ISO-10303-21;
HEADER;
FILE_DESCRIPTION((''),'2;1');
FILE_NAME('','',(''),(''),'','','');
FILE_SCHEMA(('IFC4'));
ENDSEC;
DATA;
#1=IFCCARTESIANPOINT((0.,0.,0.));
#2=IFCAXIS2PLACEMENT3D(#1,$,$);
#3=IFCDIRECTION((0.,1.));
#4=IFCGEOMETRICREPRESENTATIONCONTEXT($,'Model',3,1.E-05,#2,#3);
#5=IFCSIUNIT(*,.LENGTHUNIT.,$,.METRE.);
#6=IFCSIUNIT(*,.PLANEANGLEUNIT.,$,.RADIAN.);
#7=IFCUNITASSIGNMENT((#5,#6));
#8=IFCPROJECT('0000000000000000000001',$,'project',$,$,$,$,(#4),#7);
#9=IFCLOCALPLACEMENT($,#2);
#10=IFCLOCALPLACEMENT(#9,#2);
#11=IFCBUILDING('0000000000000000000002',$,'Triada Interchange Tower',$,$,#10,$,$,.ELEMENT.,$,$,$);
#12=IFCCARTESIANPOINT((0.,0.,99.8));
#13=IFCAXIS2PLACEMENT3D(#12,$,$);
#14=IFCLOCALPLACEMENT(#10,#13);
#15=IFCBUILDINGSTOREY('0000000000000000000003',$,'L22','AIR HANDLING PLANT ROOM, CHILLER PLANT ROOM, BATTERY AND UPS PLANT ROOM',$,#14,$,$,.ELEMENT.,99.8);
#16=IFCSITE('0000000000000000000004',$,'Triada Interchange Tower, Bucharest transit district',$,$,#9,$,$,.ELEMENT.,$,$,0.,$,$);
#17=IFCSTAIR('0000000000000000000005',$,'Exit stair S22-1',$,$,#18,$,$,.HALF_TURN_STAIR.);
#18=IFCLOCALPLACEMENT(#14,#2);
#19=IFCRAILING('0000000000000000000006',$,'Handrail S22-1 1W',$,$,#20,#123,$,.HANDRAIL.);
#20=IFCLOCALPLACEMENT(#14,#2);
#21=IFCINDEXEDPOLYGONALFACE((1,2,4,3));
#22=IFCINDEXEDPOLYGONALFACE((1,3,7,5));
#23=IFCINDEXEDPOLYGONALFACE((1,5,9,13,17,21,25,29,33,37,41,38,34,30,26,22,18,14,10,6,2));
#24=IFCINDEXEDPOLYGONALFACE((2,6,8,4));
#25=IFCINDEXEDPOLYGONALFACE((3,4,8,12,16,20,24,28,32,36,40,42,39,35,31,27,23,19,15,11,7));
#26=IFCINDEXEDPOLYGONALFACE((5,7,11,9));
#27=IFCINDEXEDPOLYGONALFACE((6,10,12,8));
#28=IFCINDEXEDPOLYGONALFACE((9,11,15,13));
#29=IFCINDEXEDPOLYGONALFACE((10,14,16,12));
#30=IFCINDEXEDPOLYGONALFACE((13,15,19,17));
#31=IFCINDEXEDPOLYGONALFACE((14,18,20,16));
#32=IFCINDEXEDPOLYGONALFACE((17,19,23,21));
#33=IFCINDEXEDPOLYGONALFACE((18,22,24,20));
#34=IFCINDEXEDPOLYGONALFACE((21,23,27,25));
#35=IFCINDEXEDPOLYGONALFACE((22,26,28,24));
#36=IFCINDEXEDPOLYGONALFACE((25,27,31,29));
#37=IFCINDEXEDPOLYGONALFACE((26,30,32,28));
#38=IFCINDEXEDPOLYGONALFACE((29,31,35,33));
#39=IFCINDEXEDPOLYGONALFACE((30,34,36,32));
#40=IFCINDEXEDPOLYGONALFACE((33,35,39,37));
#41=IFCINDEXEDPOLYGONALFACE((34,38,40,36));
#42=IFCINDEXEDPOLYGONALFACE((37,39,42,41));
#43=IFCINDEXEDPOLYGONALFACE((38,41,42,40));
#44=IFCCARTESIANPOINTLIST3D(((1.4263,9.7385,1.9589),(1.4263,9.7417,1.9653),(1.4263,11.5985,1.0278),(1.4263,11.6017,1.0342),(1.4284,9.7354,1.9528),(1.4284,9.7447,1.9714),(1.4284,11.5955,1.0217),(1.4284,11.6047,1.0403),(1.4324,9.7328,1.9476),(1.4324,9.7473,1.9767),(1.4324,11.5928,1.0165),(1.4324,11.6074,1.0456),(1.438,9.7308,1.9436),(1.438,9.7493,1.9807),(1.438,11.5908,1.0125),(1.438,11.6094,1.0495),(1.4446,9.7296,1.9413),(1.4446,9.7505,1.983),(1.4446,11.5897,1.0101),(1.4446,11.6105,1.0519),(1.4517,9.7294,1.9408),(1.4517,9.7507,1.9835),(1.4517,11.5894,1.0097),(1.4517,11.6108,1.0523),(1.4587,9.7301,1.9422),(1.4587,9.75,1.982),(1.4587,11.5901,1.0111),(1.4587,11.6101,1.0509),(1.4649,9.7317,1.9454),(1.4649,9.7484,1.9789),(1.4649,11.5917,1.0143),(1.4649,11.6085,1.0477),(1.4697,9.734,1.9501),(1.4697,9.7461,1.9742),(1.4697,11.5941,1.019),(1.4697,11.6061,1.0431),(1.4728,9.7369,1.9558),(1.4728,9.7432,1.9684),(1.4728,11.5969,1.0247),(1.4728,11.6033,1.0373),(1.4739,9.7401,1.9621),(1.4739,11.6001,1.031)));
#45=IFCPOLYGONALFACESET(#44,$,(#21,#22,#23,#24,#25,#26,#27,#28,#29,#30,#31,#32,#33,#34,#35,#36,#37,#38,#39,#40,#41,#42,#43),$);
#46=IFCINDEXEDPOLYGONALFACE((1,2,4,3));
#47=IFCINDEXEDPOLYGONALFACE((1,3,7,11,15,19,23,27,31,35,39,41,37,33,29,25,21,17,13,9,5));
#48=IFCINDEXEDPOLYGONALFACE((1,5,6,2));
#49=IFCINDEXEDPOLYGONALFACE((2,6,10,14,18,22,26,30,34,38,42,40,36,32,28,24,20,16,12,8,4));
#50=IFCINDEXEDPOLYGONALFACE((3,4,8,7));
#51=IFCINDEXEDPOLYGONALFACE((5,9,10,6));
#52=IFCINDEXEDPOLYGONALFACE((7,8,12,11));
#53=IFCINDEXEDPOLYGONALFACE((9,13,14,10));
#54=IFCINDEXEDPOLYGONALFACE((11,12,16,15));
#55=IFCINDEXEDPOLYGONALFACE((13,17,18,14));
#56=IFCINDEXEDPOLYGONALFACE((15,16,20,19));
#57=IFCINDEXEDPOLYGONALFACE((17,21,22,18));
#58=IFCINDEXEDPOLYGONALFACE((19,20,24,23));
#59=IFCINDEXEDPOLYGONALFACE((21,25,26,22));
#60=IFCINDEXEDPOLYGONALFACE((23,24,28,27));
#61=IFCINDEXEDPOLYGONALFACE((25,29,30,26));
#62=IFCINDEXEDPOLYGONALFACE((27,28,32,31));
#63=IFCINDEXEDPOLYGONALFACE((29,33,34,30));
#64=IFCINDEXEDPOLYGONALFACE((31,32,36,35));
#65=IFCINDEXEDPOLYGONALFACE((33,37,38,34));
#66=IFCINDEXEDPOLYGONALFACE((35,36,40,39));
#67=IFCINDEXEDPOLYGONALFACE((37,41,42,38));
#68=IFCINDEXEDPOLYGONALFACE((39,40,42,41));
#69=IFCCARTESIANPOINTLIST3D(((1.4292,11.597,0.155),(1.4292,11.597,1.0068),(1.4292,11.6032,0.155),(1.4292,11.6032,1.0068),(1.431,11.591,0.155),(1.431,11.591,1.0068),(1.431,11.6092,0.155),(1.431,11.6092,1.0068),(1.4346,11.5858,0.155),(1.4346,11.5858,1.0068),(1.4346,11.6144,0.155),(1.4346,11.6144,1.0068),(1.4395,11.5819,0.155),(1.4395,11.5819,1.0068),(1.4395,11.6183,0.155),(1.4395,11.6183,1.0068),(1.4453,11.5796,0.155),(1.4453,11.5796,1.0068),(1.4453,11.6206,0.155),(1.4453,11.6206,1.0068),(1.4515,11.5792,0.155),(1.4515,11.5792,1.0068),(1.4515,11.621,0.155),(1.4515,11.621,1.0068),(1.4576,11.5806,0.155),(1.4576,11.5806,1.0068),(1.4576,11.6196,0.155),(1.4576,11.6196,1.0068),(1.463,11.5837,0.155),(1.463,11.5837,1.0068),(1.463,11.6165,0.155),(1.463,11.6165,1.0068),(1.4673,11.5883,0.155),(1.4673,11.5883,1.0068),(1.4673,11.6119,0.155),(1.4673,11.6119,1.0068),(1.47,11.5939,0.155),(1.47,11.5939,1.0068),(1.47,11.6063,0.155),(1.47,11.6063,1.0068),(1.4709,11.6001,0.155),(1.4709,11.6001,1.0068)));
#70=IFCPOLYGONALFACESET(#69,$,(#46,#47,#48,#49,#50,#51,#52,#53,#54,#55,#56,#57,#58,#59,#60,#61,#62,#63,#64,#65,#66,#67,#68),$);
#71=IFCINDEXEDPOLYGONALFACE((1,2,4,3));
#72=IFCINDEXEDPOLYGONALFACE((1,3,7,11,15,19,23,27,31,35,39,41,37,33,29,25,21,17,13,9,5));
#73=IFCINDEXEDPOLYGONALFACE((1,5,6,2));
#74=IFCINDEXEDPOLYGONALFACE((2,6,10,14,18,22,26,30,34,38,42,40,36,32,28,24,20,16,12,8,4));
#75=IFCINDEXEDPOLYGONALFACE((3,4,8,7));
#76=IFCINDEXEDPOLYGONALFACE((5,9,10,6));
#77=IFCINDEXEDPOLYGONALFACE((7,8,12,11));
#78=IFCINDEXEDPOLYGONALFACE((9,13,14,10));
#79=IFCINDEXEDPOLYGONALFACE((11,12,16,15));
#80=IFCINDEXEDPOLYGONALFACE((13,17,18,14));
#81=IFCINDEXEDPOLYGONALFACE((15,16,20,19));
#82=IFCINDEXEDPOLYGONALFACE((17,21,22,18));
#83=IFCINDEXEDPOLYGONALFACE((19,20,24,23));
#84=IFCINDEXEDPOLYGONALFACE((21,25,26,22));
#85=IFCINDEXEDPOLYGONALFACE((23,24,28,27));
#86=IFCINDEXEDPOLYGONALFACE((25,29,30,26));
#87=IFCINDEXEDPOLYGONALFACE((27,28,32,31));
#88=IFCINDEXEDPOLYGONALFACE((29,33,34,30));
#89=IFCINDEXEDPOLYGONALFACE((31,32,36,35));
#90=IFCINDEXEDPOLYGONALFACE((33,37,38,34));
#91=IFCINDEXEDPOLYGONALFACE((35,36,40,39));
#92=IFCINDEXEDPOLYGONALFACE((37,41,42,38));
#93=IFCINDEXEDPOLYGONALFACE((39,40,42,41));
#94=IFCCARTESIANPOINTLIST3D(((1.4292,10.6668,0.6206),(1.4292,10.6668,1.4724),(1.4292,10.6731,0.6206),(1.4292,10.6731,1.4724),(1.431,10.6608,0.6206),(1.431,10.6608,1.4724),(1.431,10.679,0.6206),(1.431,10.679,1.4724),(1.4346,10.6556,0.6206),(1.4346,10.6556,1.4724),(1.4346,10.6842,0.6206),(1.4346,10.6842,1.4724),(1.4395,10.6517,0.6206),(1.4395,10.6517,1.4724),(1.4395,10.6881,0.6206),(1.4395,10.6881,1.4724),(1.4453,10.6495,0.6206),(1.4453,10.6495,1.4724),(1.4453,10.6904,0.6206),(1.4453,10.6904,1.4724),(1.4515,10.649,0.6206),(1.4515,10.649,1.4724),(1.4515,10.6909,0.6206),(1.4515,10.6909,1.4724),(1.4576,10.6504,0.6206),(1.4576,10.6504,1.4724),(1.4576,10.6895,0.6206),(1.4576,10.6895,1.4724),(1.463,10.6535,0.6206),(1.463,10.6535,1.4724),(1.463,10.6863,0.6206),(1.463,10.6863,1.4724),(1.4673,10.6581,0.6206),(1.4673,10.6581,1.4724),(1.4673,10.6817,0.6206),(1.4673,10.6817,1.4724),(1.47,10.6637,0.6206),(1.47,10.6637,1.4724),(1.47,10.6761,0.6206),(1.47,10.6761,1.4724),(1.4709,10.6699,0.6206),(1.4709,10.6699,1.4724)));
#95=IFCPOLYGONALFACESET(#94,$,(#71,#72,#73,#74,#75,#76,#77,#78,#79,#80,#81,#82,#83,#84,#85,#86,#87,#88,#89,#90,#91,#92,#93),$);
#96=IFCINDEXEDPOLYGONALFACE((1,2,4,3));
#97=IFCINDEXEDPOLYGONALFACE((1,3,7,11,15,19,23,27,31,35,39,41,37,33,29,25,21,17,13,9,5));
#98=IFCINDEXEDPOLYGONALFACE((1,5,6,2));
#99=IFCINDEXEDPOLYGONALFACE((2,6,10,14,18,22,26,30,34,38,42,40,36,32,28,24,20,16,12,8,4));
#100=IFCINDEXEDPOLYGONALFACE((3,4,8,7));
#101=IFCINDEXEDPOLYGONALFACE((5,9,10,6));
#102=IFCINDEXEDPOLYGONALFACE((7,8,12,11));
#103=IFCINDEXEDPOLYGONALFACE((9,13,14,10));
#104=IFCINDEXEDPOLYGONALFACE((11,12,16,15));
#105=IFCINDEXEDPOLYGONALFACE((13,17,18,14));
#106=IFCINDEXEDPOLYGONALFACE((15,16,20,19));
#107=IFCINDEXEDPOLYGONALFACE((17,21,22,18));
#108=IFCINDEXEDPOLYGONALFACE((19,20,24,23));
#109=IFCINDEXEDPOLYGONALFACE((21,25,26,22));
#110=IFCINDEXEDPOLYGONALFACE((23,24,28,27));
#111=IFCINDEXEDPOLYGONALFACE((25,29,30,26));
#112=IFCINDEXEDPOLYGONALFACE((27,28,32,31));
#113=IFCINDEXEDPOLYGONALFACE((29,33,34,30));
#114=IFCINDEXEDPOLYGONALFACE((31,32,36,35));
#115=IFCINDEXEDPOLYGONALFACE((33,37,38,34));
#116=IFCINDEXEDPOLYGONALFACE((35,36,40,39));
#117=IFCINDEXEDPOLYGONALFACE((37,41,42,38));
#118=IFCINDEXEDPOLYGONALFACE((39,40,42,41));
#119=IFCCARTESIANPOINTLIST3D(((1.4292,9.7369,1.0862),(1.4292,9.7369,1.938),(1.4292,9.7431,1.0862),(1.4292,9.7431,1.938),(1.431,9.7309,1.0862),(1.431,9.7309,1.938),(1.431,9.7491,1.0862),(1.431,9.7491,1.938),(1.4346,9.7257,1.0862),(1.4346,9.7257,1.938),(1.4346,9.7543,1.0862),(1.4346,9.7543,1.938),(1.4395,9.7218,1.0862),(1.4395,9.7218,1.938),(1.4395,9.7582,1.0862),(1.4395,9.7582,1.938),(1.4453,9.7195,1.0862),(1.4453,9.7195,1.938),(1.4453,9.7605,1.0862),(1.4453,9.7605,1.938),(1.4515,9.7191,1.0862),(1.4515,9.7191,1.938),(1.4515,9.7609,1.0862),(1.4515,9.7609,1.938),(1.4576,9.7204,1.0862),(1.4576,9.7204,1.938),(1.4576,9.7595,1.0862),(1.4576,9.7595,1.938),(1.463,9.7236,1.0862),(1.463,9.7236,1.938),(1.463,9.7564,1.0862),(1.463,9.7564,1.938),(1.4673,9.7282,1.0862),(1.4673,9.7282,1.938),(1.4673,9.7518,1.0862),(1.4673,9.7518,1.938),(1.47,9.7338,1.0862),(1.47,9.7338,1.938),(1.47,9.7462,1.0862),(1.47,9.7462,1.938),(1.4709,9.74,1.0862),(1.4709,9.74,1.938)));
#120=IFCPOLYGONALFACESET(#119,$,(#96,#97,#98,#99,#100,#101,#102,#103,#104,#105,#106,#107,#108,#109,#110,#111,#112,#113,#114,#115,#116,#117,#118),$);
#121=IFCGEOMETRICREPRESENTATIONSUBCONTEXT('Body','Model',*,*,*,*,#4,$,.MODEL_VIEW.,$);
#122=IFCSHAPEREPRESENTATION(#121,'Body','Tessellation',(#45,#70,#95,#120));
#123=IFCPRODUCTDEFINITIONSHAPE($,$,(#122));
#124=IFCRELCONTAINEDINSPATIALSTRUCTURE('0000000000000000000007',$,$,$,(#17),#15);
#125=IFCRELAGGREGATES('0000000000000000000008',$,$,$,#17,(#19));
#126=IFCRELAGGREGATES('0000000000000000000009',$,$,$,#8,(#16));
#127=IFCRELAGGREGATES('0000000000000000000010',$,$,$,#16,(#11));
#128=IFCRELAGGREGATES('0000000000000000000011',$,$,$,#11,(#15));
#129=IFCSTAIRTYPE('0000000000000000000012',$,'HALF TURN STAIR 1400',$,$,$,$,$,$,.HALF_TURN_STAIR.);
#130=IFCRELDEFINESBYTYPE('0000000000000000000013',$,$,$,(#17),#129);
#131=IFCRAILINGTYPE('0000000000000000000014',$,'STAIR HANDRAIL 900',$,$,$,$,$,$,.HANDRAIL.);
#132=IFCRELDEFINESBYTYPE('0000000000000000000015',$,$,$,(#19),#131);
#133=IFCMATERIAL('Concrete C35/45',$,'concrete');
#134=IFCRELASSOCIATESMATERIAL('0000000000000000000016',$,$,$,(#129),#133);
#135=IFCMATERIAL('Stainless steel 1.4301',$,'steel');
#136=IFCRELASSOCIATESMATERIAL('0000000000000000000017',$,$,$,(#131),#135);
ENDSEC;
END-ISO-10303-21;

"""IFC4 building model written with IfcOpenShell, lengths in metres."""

from ifc_helpers import new_model, si_unit, direction, frame, origin, origin_2d, place, context, subcontext, project, spatial, circle, extrude, material, type_object, element, aggregate, save


model = new_model("IFC4")

# Units and contexts
model_context = context("Model", 3, precision=1e-05, world=origin(), true_north=direction((0.0, 1.0)))
body_context = subcontext(model_context, "Body", "Model", "MODEL_VIEW")
ifc_project = project(units=[si_unit("LENGTHUNIT", "METRE"), si_unit("PLANEANGLEUNIT", "RADIAN")], contexts=[model_context])

# Site, building, storey
site_placement = place(None, origin())
site = spatial("IfcSite", under=ifc_project, at=site_placement, Name="Triada Interchange Tower, Bucharest transit district", CompositionType="ELEMENT", RefElevation=0.0)
building_placement = place(site_placement, origin())
building = spatial("IfcBuilding", under=site, at=building_placement, Name="Triada Interchange Tower", CompositionType="ELEMENT")
storey_placement = place(building_placement, frame((0.0, 0.0, 99.8)))
storey = spatial("IfcBuildingStorey", under=building, at=storey_placement, Name="L22", Description="AIR HANDLING PLANT ROOM, CHILLER PLANT ROOM, BATTERY AND UPS PLANT ROOM", CompositionType="ELEMENT", Elevation=99.8)

# Shared definitions
ifc_material_1 = material(Name="Concrete C35/45", Category="concrete")

# Stair
stair_type = type_object("IfcStairType", Name="HALF TURN STAIR 1400", PredefinedType="HALF_TURN_STAIR", material=ifc_material_1)
stair_placement = place(storey_placement, origin())
stair = element("IfcStair", 1, at=stair_placement, inside=storey, type_object=stair_type, Name="Exit stair S22-1", PredefinedType="HALF_TURN_STAIR")

# Railing
ifc_material_2 = material(Name="Stainless steel 1.4301", Category="steel")
railing_type_1 = type_object("IfcRailingType", Name="STAIR HANDRAIL 900", PredefinedType="HANDRAIL", material=ifc_material_2)
railing_1_placement = place(storey_placement, frame((1.45, 11.6001, 0.155)))
railing_1 = element("IfcRailing", 2, at=railing_1_placement, type_object=railing_type_1, Name="Handrail S22-1 1W", PredefinedType="HANDRAIL", context=body_context, shape_type="SweptSolid", body=[
    extrude(circle(Radius=0.0239, at=origin_2d()), frame((0.0, 0.0, 0.876), z_axis=(0.0, -0.894216, 0.447636), x_axis=(1.0, 0.0, 0.0)), (0.0, 0.0, 1.0), 2.0801),
    extrude(circle(Radius=0.021, at=origin_2d()), origin(), (0.0, 0.0, 1.0), 0.8518),
    extrude(circle(Radius=0.021, at=origin_2d()), frame((0.0, -0.9302, 0.4656)), (0.0, 0.0, 1.0), 0.8518),
    extrude(circle(Radius=0.021, at=origin_2d()), frame((0.0, -1.8601, 0.9312)), (0.0, 0.0, 1.0), 0.8518),
])
aggregate(stair, [railing_1])

save(model, "model.ifc")
